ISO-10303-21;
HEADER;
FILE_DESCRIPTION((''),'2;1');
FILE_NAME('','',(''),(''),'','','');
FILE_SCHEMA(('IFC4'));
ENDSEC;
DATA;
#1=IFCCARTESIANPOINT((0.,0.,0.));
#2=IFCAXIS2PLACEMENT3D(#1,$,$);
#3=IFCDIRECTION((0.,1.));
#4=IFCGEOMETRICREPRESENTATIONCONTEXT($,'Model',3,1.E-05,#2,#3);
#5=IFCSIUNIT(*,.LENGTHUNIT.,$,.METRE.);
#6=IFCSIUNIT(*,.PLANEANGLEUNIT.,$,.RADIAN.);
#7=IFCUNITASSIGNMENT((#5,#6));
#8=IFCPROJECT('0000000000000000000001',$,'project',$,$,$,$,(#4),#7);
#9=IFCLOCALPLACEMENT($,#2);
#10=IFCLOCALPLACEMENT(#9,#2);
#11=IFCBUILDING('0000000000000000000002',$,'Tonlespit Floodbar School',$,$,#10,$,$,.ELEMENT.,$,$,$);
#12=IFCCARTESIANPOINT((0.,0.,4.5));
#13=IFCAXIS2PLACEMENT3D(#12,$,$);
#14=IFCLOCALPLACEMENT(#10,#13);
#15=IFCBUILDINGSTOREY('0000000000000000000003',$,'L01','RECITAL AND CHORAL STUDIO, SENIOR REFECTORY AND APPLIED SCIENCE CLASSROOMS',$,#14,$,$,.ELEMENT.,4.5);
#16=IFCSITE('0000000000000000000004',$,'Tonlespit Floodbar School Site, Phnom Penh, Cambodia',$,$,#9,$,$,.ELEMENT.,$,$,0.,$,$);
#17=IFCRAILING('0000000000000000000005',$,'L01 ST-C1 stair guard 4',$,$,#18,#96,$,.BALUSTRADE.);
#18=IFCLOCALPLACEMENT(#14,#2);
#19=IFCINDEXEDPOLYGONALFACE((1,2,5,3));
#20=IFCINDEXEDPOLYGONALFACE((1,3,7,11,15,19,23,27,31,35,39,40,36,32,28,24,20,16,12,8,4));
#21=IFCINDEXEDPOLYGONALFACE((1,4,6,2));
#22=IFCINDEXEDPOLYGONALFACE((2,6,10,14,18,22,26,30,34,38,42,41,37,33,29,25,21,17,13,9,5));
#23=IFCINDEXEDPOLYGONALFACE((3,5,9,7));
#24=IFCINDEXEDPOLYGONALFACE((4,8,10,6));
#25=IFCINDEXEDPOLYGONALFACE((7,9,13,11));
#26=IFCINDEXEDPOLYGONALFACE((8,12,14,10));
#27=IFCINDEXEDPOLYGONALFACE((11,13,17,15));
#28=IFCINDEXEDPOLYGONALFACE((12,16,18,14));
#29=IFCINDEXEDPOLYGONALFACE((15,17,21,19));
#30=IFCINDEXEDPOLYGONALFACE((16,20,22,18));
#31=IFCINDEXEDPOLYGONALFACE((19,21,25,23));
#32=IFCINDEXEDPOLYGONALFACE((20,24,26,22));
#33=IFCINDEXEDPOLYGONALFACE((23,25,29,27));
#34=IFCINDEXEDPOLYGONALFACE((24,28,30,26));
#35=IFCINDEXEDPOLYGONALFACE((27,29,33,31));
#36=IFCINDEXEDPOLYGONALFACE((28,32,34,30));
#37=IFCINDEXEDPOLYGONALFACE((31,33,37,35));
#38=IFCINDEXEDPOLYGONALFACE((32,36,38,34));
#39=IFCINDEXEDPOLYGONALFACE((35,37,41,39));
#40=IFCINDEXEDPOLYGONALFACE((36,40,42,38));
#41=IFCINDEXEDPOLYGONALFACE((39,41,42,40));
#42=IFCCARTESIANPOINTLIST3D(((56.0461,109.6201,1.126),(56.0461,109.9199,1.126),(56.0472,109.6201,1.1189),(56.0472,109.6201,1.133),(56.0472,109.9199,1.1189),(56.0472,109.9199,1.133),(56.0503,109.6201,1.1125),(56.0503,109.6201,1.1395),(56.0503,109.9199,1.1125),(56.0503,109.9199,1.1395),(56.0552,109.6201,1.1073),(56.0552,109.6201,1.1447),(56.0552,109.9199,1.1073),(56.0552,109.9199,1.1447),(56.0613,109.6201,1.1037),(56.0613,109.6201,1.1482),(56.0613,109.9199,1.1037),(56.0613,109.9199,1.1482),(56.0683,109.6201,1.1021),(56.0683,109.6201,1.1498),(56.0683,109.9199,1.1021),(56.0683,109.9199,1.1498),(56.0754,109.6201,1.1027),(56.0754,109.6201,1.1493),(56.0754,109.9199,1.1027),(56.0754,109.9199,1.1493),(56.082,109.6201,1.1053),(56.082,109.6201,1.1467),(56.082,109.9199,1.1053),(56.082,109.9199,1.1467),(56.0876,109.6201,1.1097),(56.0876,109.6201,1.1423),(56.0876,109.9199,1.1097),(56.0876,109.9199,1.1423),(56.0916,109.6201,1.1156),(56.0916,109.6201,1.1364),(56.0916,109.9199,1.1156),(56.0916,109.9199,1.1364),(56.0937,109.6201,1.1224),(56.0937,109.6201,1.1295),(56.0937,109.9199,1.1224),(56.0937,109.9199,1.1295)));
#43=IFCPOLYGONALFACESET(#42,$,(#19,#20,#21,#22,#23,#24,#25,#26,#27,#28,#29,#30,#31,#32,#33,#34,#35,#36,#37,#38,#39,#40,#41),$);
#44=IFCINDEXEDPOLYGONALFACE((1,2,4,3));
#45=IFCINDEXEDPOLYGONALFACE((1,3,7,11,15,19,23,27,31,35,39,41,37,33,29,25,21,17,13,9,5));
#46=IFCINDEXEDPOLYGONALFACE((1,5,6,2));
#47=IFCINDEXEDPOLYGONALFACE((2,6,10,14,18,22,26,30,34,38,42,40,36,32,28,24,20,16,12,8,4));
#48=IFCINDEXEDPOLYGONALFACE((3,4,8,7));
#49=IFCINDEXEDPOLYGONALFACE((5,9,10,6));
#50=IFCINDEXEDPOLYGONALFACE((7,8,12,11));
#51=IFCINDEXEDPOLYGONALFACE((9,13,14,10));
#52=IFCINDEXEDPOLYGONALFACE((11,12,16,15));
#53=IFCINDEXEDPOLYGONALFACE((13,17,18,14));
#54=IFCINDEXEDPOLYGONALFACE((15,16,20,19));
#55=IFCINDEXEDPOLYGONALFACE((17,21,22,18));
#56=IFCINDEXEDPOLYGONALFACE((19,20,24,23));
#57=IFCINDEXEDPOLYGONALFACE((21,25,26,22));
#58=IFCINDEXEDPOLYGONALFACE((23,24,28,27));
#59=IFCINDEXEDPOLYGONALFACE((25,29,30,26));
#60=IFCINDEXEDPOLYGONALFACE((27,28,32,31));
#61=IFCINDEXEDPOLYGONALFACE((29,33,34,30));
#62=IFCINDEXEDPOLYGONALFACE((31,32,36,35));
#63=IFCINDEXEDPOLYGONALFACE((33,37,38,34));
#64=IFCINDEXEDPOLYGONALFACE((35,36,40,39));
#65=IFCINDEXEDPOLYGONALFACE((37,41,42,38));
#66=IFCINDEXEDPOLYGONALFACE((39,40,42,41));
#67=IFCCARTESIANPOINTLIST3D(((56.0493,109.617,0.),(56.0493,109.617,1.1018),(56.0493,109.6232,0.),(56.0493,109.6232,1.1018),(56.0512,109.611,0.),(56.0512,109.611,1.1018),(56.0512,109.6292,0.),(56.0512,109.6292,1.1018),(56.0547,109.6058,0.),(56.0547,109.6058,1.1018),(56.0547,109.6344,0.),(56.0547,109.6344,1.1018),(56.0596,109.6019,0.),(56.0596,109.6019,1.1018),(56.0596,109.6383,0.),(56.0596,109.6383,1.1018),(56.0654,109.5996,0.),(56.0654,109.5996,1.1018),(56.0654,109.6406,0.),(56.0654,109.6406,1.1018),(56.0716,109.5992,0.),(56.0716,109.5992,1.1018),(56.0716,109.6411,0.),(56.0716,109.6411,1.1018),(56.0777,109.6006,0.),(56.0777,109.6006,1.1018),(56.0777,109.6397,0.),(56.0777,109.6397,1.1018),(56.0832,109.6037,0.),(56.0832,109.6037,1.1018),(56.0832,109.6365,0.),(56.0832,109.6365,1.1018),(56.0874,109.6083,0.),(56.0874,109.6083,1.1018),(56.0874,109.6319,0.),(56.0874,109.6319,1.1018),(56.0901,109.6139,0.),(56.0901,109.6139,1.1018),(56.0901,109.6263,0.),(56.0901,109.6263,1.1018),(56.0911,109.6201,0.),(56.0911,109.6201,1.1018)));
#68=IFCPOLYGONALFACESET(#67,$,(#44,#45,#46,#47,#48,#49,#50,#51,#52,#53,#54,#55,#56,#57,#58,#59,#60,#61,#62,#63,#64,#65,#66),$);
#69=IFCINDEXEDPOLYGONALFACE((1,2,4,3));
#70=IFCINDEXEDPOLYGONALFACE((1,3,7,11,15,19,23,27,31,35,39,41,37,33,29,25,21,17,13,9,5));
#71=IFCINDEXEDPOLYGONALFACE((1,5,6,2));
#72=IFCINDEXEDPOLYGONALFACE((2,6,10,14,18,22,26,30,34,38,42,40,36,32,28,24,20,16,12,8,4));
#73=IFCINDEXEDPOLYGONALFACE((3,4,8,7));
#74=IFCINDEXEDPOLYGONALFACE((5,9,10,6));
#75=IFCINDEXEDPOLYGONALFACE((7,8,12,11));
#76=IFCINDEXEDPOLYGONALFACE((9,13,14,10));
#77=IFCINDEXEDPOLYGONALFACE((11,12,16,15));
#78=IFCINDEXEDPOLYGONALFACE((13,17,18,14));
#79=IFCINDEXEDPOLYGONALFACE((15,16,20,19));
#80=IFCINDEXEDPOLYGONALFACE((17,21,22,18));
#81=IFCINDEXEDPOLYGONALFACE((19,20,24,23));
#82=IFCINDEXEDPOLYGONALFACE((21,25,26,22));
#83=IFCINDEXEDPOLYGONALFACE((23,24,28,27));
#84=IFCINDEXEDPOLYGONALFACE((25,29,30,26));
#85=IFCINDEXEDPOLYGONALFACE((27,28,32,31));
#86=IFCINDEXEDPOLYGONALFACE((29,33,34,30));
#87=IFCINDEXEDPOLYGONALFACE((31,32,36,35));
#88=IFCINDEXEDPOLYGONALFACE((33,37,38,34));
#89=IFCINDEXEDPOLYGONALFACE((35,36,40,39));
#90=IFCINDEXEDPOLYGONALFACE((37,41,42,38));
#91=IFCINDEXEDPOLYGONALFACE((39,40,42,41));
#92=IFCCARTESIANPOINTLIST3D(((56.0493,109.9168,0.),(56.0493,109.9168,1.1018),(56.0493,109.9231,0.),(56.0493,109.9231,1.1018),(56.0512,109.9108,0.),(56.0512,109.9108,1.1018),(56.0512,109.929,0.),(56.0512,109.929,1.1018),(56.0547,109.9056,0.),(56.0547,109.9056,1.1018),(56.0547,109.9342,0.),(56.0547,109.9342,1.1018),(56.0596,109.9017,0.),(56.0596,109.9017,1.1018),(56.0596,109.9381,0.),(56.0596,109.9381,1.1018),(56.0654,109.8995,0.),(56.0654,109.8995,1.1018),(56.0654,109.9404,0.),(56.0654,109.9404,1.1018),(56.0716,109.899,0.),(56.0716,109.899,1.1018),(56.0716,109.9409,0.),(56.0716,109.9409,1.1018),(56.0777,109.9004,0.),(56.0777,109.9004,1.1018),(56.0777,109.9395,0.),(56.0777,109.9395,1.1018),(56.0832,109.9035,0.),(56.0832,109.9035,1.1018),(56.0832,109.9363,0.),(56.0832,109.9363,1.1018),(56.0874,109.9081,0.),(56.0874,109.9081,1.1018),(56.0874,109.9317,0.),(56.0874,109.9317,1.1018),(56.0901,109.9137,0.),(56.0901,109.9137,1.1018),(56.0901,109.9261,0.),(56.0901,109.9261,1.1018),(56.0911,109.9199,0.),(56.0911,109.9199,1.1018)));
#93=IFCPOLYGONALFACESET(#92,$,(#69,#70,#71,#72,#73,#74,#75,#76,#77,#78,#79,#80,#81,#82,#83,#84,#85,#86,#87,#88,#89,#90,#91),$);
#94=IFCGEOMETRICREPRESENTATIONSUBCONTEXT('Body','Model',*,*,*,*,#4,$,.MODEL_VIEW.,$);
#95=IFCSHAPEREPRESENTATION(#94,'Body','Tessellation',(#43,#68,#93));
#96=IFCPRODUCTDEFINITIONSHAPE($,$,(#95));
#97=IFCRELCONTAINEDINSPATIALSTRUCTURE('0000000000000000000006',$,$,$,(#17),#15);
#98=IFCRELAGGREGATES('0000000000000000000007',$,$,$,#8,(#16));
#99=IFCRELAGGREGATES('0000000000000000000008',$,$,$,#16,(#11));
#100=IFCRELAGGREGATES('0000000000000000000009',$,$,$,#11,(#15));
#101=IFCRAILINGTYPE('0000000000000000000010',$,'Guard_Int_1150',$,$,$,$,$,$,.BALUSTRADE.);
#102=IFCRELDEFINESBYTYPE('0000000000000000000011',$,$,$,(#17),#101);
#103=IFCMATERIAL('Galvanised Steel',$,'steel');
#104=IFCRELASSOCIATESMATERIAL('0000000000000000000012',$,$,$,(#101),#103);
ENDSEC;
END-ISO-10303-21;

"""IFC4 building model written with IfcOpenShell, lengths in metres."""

from ifc_helpers import new_model, si_unit, direction, frame, origin, origin_2d, place, context, subcontext, project, spatial, circle, extrude, material, type_object, element, save


model = new_model("IFC4")

# Units and contexts
model_context = context("Model", 3, precision=1e-05, world=origin(), true_north=direction((0.0, 1.0)))
body_context = subcontext(model_context, "Body", "Model", "MODEL_VIEW")
ifc_project = project(units=[si_unit("LENGTHUNIT", "METRE"), si_unit("PLANEANGLEUNIT", "RADIAN")], contexts=[model_context])

# Site, building, storey
site_placement = place(None, origin())
site = spatial("IfcSite", under=ifc_project, at=site_placement, Name="Tonlespit Floodbar School Site, Phnom Penh, Cambodia", CompositionType="ELEMENT", RefElevation=0.0)
building_placement = place(site_placement, origin())
building = spatial("IfcBuilding", under=site, at=building_placement, Name="Tonlespit Floodbar School", CompositionType="ELEMENT")
storey_placement = place(building_placement, frame((0.0, 0.0, 4.5)))
storey = spatial("IfcBuildingStorey", under=building, at=storey_placement, Name="L01", Description="RECITAL AND CHORAL STUDIO, SENIOR REFECTORY AND APPLIED SCIENCE CLASSROOMS", CompositionType="ELEMENT", Elevation=4.5)

# Shared definitions
ifc_material_1 = material(Name="Galvanised Steel", Category="steel")

# Railing
railing_type_1 = type_object("IfcRailingType", Name="Guard_Int_1150", PredefinedType="BALUSTRADE", material=ifc_material_1)
railing_1_placement = place(storey_placement, frame((56.0701, 109.6201, 0.0)))
element("IfcRailing", 1, at=railing_1_placement, inside=storey, type_object=railing_type_1, Name="L01 ST-C1 stair guard 4", PredefinedType="BALUSTRADE", context=body_context, shape_type="SweptSolid", body=[
    extrude(circle(Radius=0.0239, at=origin_2d()), frame((0.0, 0.0, 1.126), z_axis=(0.0, 1.0, 0.0), x_axis=(-1.0, 0.0, 0.0)), (0.0, 0.0, 1.0), 0.2998),
    extrude(circle(Radius=0.021, at=origin_2d()), origin(), (0.0, 0.0, 1.0), 1.1018),
    extrude(circle(Radius=0.021, at=origin_2d()), frame((0.0, 0.2998, 0.0)), (0.0, 0.0, 1.0), 1.1018),
])

save(model, "model.ifc")
